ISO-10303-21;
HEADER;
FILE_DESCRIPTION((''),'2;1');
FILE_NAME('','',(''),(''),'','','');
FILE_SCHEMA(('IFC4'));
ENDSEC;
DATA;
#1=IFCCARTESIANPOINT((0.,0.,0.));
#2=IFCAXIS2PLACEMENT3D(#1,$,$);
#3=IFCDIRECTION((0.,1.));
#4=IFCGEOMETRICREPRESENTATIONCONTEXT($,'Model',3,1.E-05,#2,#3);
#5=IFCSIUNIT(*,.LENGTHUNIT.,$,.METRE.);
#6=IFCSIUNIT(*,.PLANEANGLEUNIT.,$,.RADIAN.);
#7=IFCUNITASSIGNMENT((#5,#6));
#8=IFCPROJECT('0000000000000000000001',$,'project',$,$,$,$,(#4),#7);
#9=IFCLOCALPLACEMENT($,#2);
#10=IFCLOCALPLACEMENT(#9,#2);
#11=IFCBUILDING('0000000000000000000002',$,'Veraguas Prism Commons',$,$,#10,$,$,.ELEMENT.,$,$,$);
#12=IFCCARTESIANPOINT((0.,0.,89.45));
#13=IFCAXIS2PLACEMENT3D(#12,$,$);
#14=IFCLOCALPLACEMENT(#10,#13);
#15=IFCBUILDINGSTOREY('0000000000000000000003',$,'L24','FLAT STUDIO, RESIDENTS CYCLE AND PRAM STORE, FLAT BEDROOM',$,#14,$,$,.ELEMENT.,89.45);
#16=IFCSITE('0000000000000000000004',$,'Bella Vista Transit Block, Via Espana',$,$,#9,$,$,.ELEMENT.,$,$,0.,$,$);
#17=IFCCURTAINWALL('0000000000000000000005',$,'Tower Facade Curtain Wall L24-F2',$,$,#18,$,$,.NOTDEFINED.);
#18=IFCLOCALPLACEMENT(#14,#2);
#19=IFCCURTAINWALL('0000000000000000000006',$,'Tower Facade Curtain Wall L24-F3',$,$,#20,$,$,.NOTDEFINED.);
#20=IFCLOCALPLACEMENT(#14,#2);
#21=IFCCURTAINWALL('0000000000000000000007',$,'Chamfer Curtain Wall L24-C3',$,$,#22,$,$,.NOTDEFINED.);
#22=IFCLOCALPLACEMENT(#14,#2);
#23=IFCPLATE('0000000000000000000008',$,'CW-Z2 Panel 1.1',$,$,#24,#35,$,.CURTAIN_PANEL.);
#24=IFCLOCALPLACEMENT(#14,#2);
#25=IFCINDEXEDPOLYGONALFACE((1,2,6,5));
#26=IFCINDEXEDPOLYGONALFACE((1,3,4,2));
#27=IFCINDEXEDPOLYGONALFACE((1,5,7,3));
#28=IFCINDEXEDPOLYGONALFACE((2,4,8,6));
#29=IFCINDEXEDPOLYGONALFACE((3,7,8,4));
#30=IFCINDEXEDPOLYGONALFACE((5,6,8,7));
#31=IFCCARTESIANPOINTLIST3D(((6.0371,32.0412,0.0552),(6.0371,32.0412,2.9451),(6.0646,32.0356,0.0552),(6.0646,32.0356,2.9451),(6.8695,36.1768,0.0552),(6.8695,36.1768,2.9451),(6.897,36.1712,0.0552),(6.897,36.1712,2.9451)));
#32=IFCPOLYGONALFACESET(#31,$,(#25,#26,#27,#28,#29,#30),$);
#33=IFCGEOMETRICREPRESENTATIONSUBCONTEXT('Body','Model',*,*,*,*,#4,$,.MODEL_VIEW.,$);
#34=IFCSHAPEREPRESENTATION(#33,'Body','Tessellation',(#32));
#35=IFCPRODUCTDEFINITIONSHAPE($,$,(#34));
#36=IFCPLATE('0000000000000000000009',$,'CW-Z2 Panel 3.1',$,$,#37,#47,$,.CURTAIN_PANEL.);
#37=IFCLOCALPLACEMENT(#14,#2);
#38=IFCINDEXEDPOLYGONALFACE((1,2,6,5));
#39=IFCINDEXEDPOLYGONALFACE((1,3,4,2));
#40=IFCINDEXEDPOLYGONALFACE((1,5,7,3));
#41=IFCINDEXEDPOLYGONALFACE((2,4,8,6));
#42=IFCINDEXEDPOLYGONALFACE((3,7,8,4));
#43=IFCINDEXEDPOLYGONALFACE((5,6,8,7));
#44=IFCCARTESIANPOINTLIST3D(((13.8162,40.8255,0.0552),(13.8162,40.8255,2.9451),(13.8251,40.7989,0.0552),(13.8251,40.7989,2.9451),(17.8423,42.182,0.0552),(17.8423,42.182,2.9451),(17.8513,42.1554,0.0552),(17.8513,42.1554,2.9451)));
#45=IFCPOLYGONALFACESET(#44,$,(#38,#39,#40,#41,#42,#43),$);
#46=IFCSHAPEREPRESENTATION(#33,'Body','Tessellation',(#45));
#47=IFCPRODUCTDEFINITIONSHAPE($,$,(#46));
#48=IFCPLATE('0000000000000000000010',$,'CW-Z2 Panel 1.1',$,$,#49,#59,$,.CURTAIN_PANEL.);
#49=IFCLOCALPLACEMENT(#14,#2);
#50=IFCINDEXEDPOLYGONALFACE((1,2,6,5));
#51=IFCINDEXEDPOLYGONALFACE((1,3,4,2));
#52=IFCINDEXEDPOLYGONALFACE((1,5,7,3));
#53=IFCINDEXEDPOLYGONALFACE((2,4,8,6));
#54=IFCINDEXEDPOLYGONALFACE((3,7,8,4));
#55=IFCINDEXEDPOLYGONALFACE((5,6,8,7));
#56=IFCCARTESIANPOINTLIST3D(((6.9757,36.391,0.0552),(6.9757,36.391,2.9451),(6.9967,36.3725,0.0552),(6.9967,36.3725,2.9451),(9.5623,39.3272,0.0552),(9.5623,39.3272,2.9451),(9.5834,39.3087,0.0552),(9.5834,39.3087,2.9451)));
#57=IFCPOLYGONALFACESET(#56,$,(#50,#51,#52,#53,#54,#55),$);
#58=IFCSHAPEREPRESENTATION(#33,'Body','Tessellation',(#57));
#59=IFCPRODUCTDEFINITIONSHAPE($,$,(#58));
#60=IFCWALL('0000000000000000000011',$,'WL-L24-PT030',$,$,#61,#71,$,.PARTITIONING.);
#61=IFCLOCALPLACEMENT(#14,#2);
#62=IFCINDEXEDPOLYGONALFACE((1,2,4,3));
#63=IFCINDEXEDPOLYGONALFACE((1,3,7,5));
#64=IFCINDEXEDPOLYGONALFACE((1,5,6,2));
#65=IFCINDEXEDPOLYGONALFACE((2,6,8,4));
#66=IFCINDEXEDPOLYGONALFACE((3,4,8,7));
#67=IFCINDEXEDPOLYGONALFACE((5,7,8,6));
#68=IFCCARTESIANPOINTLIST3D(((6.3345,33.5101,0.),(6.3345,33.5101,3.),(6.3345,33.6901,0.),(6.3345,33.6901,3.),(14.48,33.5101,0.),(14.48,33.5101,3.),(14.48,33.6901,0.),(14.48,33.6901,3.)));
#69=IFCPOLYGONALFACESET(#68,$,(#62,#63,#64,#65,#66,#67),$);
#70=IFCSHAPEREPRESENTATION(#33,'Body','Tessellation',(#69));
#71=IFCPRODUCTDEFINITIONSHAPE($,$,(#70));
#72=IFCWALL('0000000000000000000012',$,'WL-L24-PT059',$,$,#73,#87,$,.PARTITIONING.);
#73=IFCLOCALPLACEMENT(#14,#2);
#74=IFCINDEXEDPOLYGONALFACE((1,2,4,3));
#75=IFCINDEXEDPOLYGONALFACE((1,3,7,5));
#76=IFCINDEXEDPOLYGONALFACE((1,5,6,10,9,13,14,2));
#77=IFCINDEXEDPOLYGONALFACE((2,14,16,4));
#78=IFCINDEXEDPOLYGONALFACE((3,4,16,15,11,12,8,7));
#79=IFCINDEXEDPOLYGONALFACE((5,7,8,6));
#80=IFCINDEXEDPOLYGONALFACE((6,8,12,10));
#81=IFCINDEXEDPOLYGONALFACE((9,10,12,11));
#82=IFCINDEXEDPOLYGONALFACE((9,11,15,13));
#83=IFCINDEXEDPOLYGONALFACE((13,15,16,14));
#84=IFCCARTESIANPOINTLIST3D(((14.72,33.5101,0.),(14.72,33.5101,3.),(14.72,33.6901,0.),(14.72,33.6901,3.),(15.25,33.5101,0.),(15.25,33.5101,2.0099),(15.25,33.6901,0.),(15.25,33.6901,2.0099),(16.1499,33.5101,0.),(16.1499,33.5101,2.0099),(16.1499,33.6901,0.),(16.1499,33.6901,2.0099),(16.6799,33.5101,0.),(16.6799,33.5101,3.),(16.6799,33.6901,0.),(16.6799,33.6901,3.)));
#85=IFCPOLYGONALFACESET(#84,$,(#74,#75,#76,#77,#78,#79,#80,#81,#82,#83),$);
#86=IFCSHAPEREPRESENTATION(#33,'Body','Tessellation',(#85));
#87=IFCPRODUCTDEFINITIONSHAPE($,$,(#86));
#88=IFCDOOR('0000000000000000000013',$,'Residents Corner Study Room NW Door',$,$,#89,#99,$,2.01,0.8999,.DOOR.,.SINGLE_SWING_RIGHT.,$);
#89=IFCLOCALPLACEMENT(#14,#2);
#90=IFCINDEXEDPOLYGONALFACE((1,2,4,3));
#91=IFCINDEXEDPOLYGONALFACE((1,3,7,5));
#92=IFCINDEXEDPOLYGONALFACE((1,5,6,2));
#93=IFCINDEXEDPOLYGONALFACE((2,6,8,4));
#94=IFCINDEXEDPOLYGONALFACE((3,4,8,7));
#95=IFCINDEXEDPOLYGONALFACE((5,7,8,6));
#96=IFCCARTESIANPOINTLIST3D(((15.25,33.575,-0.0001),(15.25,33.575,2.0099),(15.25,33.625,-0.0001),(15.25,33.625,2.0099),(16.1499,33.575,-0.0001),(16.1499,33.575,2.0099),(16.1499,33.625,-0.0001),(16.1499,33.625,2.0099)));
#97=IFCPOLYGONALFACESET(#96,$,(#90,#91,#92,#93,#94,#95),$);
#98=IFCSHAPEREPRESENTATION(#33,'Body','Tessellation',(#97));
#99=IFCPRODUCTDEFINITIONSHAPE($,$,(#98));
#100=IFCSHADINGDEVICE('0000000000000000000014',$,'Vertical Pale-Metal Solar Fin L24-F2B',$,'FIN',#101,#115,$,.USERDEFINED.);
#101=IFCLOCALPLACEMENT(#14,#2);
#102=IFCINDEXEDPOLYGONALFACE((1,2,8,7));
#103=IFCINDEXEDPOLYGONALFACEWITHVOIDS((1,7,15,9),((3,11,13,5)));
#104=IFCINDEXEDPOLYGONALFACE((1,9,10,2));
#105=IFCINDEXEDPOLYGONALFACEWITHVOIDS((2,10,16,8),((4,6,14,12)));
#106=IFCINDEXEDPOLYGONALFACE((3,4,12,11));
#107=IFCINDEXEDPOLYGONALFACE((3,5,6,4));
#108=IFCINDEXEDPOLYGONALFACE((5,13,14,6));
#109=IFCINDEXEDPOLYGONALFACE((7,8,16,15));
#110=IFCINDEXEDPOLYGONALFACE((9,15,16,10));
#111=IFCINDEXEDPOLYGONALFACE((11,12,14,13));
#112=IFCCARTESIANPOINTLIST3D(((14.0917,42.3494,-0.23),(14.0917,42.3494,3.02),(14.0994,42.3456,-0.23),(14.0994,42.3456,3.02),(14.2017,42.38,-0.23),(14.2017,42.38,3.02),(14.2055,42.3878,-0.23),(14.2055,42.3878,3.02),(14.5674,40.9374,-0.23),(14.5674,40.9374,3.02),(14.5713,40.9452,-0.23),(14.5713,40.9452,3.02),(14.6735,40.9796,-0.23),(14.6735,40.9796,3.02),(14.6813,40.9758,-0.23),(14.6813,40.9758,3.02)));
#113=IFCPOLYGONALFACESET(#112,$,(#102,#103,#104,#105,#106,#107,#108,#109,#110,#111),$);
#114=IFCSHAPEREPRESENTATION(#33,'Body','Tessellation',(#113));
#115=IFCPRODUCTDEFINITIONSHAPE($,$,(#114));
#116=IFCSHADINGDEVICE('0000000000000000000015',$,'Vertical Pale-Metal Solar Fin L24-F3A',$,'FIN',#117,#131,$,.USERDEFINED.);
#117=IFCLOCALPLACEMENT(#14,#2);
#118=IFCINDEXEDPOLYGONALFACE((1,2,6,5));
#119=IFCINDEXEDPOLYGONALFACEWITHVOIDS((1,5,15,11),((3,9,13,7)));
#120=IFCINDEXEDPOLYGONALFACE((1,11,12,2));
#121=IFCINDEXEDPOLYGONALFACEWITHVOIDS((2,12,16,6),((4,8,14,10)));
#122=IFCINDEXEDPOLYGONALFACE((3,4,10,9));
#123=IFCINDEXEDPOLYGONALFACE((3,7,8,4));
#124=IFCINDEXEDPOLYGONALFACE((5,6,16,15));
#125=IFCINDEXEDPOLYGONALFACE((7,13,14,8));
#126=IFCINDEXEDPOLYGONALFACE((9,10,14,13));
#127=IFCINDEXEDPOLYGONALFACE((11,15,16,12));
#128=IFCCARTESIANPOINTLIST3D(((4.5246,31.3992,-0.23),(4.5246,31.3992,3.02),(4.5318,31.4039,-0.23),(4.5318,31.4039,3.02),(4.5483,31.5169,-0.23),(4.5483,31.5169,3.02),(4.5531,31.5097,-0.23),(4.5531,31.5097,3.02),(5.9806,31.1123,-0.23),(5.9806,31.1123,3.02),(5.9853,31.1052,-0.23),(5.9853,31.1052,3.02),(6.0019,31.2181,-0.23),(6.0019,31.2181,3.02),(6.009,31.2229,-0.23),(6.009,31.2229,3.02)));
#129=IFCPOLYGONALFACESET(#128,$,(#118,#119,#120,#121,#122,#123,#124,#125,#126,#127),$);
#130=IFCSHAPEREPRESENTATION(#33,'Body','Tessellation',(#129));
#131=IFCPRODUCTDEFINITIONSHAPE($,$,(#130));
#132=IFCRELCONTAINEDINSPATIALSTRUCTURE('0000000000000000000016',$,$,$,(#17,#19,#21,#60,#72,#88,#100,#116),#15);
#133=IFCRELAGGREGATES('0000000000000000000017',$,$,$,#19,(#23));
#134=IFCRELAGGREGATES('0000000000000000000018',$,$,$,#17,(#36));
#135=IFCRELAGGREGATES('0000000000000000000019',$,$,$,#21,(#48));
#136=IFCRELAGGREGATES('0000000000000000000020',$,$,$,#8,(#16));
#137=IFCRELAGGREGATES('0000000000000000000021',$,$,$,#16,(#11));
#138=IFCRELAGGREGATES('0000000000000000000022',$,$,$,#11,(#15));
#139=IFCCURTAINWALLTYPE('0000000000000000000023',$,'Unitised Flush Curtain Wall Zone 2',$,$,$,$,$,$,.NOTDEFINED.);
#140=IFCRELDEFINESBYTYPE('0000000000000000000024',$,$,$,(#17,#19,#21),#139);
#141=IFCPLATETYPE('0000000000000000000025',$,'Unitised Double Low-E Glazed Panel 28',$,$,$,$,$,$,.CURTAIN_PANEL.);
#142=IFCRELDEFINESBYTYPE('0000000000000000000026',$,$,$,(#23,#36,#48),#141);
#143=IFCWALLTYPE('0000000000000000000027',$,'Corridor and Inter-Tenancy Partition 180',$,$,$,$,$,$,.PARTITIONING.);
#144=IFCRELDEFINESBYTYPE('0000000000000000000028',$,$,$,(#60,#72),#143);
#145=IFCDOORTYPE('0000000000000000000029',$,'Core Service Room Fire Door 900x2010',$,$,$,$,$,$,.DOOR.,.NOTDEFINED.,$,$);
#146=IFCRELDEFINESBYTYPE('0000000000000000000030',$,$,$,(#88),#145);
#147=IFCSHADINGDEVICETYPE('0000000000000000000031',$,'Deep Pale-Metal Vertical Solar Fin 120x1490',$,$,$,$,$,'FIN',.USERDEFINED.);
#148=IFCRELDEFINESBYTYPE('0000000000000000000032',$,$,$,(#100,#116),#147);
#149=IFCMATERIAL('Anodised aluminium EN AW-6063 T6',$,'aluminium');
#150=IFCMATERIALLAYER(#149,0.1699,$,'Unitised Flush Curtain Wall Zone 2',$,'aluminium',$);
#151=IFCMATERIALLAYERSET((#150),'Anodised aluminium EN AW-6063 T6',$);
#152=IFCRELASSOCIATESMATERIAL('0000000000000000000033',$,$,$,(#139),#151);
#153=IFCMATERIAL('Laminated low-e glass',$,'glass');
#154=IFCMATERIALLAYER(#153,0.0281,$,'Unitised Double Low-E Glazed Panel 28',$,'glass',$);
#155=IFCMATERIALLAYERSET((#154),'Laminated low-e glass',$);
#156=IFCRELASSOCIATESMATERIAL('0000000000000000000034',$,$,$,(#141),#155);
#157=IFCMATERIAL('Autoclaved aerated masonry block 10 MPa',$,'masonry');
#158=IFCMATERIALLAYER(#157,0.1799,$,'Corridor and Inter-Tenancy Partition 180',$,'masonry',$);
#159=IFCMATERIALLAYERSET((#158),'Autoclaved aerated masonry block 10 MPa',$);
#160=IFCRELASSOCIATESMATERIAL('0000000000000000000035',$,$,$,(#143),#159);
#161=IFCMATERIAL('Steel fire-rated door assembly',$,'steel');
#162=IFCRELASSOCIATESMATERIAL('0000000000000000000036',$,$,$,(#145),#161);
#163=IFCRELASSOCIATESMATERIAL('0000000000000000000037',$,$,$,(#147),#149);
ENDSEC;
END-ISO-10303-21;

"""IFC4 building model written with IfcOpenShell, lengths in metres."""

from ifc_helpers import new_model, si_unit, direction, frame, frame_2d, origin, origin_2d, place, context, subcontext, project, spatial, rectangle, hollow_rectangle, extrude, source, transform, mapped, material, layer, layer_set, material_profile, profile_set, type_object, element, fill, aggregate, save


model = new_model("IFC4")

# Units and contexts
model_context = context("Model", 3, precision=1e-05, world=origin(), true_north=direction((0.0, 1.0)))
body_context = subcontext(model_context, "Body", "Model", "MODEL_VIEW")
ifc_project = project(units=[si_unit("LENGTHUNIT", "METRE"), si_unit("PLANEANGLEUNIT", "RADIAN")], contexts=[model_context])

# Site, building, storey
site_placement = place(None, origin())
site = spatial("IfcSite", under=ifc_project, at=site_placement, Name="Bella Vista Transit Block, Via Espana", CompositionType="ELEMENT", RefElevation=0.0)
building_placement = place(site_placement, origin())
building = spatial("IfcBuilding", under=site, at=building_placement, Name="Veraguas Prism Commons", CompositionType="ELEMENT")
storey_placement = place(building_placement, frame((0.0, 0.0, 89.45)))
storey = spatial("IfcBuildingStorey", under=building, at=storey_placement, Name="L24", Description="FLAT STUDIO, RESIDENTS CYCLE AND PRAM STORE, FLAT BEDROOM", CompositionType="ELEMENT", Elevation=89.45)

# Curtain walls
ifc_material_1 = material(Name="Anodised aluminium EN AW-6063 T6", Category="aluminium")
ifc_layer_1 = layer(ifc_material_1, 0.1699, Name="Unitised Flush Curtain Wall Zone 2", Category="aluminium")
ifc_layer_set_1 = layer_set([ifc_layer_1], Name="Anodised aluminium EN AW-6063 T6")
curtain_wall_type = type_object("IfcCurtainWallType", Name="Unitised Flush Curtain Wall Zone 2", PredefinedType="NOTDEFINED", material=ifc_layer_set_1)
curtain_wall_1_placement = place(storey_placement, origin())
curtain_wall_1 = element("IfcCurtainWall", 1, at=curtain_wall_1_placement, inside=storey, type_object=curtain_wall_type, Name="Tower Facade Curtain Wall L24-F2", PredefinedType="NOTDEFINED")
curtain_wall_2_placement = place(storey_placement, origin())
curtain_wall_2 = element("IfcCurtainWall", 2, at=curtain_wall_2_placement, inside=storey, type_object=curtain_wall_type, Name="Tower Facade Curtain Wall L24-F3", PredefinedType="NOTDEFINED")
curtain_wall_3_placement = place(storey_placement, origin())
curtain_wall_3 = element("IfcCurtainWall", 3, at=curtain_wall_3_placement, inside=storey, type_object=curtain_wall_type, Name="Chamfer Curtain Wall L24-C3", PredefinedType="NOTDEFINED")

# Plates
ifc_material_2 = material(Name="Laminated low-e glass", Category="glass")
ifc_layer_2 = layer(ifc_material_2, 0.0281, Name="Unitised Double Low-E Glazed Panel 28", Category="glass")
ifc_layer_set_2 = layer_set([ifc_layer_2], Name="Laminated low-e glass")
plate_type = type_object("IfcPlateType", Name="Unitised Double Low-E Glazed Panel 28", PredefinedType="CURTAIN_PANEL", material=ifc_layer_set_2)
shared_shape_1 = source(origin(), body_context, "Body", "SweptSolid", [
    extrude(rectangle(XDim=4.2185, YDim=0.0281, at=origin_2d()), origin(), (0.0, 0.0, 1.0), 2.8899),
])
plate_1_placement = place(storey_placement, frame((6.467, 34.1062, 0.0552), z_axis=(0.0, 0.0, 1.0), x_axis=(-0.19732, -0.980339, 0.0)))
plate_1 = element("IfcPlate", 4, at=plate_1_placement, type_object=plate_type, Name="CW-Z2 Panel 1.1", PredefinedType="CURTAIN_PANEL", context=body_context, shape_type="MappedRepresentation", body=[
    mapped(shared_shape_1, transform((0.0, 0.0, 0.0), scale=1.0)),
])
aggregate(curtain_wall_2, [plate_1])
shared_shape_2 = source(origin(), body_context, "Body", "SweptSolid", [
    extrude(rectangle(XDim=4.2485, YDim=0.0281, at=origin_2d()), origin(), (0.0, 0.0, 1.0), 2.8899),
])
plate_2_placement = place(storey_placement, frame((15.8337, 41.4905, 0.0552), z_axis=(0.0, 0.0, 1.0), x_axis=(-0.947659, -0.319284, 0.0)))
plate_2 = element("IfcPlate", 5, at=plate_2_placement, type_object=plate_type, Name="CW-Z2 Panel 3.1", PredefinedType="CURTAIN_PANEL", context=body_context, shape_type="MappedRepresentation", body=[
    mapped(shared_shape_2, transform((0.0, 0.0, 0.0), scale=1.0)),
])
aggregate(curtain_wall_1, [plate_2])
shared_shape_3 = source(origin(), body_context, "Body", "SweptSolid", [
    extrude(rectangle(XDim=3.9131, YDim=0.0281, at=origin_2d()), origin(), (0.0, 0.0, 1.0), 2.8899),
])
plate_3_placement = place(storey_placement, frame((8.2795, 37.8499, 0.0552), z_axis=(0.0, 0.0, 1.0), x_axis=(-0.661026, -0.750363, 0.0)))
plate_3 = element("IfcPlate", 6, at=plate_3_placement, type_object=plate_type, Name="CW-Z2 Panel 1.1", PredefinedType="CURTAIN_PANEL", context=body_context, shape_type="MappedRepresentation", body=[
    mapped(shared_shape_3, transform((0.0, 0.0, 0.0), scale=1.0)),
])
aggregate(curtain_wall_3, [plate_3])

# Wall
ifc_material_3 = material(Name="Autoclaved aerated masonry block 10 MPa", Category="masonry")
ifc_layer_3 = layer(ifc_material_3, 0.1799, Name="Corridor and Inter-Tenancy Partition 180", Category="masonry")
ifc_layer_set_3 = layer_set([ifc_layer_3], Name="Autoclaved aerated masonry block 10 MPa")
wall_type = type_object("IfcWallType", Name="Corridor and Inter-Tenancy Partition 180", PredefinedType="PARTITIONING", material=ifc_layer_set_3)
wall_1_placement = place(storey_placement, frame((14.48, 33.6001, 0.0), z_axis=(0.0, 0.0, 1.0), x_axis=(-1.0, 0.0, 0.0)))
element("IfcWall", 7, at=wall_1_placement, inside=storey, type_object=wall_type, Name="WL-L24-PT030", PredefinedType="PARTITIONING", context=body_context, shape_type="SweptSolid", body=[
    extrude(rectangle(XDim=8.1455, YDim=0.1799, at=frame_2d((4.0728, 0.0))), origin(), (0.0, 0.0, 1.0), 3.0),
])

# Wall, opening, door
wall_2_placement = place(storey_placement, frame((14.72, 33.6001, 0.0), z_axis=(0.0, 0.0, 1.0), x_axis=(1.0, 0.0, 0.0)))
wall_2 = element("IfcWall", 8, at=wall_2_placement, inside=storey, type_object=wall_type, Name="WL-L24-PT059", PredefinedType="PARTITIONING", context=body_context, shape_type="SweptSolid", body=[
    extrude(rectangle(XDim=1.96, YDim=0.1799, at=frame_2d((0.98, 0.0))), origin(), (0.0, 0.0, 1.0), 3.0),
])
opening_placement = place(wall_2_placement, frame((0.53, 0.0, 0.0)))
opening = element("IfcOpeningElement", 9, at=opening_placement, cuts=wall_2, PredefinedType="OPENING", context=body_context, shape_type="SweptSolid", body=[
    extrude(rectangle(XDim=0.8999, YDim=2.01, at=frame_2d((0.45, 1.0049))), frame((0.0, 0.0999, 0.0), z_axis=(0.0, -1.0, 0.0), x_axis=(1.0, 0.0, 0.0)), (0.0, 0.0, 1.0), 0.2),
])
ifc_material_4 = material(Name="Steel fire-rated door assembly", Category="steel")
door_type = type_object("IfcDoorType", Name="Core Service Room Fire Door 900x2010", OperationType="NOTDEFINED", PredefinedType="DOOR", material=ifc_material_4)
shared_shape_4 = source(origin(), body_context, "Body", "SweptSolid", [
    extrude(rectangle(XDim=0.8999, YDim=2.01, at=frame_2d((0.45, 1.0049))), frame((0.0, 0.0249, 0.0), z_axis=(0.0, -1.0, 0.0), x_axis=(1.0, 0.0, 0.0)), (0.0, 0.0, 1.0), 0.05),
])
door_placement = place(opening_placement, origin())
door = element("IfcDoor", 10, at=door_placement, inside=storey, type_object=door_type, Name="Residents Corner Study Room NW Door", OperationType="SINGLE_SWING_RIGHT", OverallHeight=2.01, OverallWidth=0.8999, PredefinedType="DOOR", context=body_context, shape_type="MappedRepresentation", body=[
    mapped(shared_shape_4, transform((0.0, 0.0, 0.0), scale=1.0)),
])
fill(opening, door)

# Shading devices
ifc_material_profile_1 = material_profile(ifc_material_1, hollow_rectangle(XDim=0.1201, YDim=1.49, WallThickness=0.0061, at=origin_2d()), Name="FIN120X1490X6")
ifc_profile_set_1 = profile_set([ifc_material_profile_1], Name="Anodised aluminium EN AW-6063 T6")
shading_device_type = type_object("IfcShadingDeviceType", Name="Deep Pale-Metal Vertical Solar Fin 120x1490", ElementType="FIN", PredefinedType="USERDEFINED", material=ifc_profile_set_1)
for number, where, z_axis, x_axis, name in (
    (11, (14.3865, 41.6626, -0.23), (0.0, 0.0, 1.0), (-0.947659, -0.319285, 0.0), "Vertical Pale-Metal Solar Fin L24-F2B"),
    (12, (5.2668, 31.311, -0.23), (0.0, 0.0, 1.0), (-0.197317, -0.98034, 0.0), "Vertical Pale-Metal Solar Fin L24-F3A"),
):
    element("IfcShadingDevice", number, at=place(storey_placement, frame(where, z_axis=z_axis, x_axis=x_axis)), inside=storey, type_object=shading_device_type, Name=name, ObjectType="FIN", PredefinedType="USERDEFINED", context=body_context, shape_type="SweptSolid", body=[
        extrude(hollow_rectangle(XDim=0.1201, YDim=1.49, WallThickness=0.0061, at=origin_2d()), origin(), (0.0, 0.0, 1.0), 3.25),
    ])

save(model, "model.ifc")
